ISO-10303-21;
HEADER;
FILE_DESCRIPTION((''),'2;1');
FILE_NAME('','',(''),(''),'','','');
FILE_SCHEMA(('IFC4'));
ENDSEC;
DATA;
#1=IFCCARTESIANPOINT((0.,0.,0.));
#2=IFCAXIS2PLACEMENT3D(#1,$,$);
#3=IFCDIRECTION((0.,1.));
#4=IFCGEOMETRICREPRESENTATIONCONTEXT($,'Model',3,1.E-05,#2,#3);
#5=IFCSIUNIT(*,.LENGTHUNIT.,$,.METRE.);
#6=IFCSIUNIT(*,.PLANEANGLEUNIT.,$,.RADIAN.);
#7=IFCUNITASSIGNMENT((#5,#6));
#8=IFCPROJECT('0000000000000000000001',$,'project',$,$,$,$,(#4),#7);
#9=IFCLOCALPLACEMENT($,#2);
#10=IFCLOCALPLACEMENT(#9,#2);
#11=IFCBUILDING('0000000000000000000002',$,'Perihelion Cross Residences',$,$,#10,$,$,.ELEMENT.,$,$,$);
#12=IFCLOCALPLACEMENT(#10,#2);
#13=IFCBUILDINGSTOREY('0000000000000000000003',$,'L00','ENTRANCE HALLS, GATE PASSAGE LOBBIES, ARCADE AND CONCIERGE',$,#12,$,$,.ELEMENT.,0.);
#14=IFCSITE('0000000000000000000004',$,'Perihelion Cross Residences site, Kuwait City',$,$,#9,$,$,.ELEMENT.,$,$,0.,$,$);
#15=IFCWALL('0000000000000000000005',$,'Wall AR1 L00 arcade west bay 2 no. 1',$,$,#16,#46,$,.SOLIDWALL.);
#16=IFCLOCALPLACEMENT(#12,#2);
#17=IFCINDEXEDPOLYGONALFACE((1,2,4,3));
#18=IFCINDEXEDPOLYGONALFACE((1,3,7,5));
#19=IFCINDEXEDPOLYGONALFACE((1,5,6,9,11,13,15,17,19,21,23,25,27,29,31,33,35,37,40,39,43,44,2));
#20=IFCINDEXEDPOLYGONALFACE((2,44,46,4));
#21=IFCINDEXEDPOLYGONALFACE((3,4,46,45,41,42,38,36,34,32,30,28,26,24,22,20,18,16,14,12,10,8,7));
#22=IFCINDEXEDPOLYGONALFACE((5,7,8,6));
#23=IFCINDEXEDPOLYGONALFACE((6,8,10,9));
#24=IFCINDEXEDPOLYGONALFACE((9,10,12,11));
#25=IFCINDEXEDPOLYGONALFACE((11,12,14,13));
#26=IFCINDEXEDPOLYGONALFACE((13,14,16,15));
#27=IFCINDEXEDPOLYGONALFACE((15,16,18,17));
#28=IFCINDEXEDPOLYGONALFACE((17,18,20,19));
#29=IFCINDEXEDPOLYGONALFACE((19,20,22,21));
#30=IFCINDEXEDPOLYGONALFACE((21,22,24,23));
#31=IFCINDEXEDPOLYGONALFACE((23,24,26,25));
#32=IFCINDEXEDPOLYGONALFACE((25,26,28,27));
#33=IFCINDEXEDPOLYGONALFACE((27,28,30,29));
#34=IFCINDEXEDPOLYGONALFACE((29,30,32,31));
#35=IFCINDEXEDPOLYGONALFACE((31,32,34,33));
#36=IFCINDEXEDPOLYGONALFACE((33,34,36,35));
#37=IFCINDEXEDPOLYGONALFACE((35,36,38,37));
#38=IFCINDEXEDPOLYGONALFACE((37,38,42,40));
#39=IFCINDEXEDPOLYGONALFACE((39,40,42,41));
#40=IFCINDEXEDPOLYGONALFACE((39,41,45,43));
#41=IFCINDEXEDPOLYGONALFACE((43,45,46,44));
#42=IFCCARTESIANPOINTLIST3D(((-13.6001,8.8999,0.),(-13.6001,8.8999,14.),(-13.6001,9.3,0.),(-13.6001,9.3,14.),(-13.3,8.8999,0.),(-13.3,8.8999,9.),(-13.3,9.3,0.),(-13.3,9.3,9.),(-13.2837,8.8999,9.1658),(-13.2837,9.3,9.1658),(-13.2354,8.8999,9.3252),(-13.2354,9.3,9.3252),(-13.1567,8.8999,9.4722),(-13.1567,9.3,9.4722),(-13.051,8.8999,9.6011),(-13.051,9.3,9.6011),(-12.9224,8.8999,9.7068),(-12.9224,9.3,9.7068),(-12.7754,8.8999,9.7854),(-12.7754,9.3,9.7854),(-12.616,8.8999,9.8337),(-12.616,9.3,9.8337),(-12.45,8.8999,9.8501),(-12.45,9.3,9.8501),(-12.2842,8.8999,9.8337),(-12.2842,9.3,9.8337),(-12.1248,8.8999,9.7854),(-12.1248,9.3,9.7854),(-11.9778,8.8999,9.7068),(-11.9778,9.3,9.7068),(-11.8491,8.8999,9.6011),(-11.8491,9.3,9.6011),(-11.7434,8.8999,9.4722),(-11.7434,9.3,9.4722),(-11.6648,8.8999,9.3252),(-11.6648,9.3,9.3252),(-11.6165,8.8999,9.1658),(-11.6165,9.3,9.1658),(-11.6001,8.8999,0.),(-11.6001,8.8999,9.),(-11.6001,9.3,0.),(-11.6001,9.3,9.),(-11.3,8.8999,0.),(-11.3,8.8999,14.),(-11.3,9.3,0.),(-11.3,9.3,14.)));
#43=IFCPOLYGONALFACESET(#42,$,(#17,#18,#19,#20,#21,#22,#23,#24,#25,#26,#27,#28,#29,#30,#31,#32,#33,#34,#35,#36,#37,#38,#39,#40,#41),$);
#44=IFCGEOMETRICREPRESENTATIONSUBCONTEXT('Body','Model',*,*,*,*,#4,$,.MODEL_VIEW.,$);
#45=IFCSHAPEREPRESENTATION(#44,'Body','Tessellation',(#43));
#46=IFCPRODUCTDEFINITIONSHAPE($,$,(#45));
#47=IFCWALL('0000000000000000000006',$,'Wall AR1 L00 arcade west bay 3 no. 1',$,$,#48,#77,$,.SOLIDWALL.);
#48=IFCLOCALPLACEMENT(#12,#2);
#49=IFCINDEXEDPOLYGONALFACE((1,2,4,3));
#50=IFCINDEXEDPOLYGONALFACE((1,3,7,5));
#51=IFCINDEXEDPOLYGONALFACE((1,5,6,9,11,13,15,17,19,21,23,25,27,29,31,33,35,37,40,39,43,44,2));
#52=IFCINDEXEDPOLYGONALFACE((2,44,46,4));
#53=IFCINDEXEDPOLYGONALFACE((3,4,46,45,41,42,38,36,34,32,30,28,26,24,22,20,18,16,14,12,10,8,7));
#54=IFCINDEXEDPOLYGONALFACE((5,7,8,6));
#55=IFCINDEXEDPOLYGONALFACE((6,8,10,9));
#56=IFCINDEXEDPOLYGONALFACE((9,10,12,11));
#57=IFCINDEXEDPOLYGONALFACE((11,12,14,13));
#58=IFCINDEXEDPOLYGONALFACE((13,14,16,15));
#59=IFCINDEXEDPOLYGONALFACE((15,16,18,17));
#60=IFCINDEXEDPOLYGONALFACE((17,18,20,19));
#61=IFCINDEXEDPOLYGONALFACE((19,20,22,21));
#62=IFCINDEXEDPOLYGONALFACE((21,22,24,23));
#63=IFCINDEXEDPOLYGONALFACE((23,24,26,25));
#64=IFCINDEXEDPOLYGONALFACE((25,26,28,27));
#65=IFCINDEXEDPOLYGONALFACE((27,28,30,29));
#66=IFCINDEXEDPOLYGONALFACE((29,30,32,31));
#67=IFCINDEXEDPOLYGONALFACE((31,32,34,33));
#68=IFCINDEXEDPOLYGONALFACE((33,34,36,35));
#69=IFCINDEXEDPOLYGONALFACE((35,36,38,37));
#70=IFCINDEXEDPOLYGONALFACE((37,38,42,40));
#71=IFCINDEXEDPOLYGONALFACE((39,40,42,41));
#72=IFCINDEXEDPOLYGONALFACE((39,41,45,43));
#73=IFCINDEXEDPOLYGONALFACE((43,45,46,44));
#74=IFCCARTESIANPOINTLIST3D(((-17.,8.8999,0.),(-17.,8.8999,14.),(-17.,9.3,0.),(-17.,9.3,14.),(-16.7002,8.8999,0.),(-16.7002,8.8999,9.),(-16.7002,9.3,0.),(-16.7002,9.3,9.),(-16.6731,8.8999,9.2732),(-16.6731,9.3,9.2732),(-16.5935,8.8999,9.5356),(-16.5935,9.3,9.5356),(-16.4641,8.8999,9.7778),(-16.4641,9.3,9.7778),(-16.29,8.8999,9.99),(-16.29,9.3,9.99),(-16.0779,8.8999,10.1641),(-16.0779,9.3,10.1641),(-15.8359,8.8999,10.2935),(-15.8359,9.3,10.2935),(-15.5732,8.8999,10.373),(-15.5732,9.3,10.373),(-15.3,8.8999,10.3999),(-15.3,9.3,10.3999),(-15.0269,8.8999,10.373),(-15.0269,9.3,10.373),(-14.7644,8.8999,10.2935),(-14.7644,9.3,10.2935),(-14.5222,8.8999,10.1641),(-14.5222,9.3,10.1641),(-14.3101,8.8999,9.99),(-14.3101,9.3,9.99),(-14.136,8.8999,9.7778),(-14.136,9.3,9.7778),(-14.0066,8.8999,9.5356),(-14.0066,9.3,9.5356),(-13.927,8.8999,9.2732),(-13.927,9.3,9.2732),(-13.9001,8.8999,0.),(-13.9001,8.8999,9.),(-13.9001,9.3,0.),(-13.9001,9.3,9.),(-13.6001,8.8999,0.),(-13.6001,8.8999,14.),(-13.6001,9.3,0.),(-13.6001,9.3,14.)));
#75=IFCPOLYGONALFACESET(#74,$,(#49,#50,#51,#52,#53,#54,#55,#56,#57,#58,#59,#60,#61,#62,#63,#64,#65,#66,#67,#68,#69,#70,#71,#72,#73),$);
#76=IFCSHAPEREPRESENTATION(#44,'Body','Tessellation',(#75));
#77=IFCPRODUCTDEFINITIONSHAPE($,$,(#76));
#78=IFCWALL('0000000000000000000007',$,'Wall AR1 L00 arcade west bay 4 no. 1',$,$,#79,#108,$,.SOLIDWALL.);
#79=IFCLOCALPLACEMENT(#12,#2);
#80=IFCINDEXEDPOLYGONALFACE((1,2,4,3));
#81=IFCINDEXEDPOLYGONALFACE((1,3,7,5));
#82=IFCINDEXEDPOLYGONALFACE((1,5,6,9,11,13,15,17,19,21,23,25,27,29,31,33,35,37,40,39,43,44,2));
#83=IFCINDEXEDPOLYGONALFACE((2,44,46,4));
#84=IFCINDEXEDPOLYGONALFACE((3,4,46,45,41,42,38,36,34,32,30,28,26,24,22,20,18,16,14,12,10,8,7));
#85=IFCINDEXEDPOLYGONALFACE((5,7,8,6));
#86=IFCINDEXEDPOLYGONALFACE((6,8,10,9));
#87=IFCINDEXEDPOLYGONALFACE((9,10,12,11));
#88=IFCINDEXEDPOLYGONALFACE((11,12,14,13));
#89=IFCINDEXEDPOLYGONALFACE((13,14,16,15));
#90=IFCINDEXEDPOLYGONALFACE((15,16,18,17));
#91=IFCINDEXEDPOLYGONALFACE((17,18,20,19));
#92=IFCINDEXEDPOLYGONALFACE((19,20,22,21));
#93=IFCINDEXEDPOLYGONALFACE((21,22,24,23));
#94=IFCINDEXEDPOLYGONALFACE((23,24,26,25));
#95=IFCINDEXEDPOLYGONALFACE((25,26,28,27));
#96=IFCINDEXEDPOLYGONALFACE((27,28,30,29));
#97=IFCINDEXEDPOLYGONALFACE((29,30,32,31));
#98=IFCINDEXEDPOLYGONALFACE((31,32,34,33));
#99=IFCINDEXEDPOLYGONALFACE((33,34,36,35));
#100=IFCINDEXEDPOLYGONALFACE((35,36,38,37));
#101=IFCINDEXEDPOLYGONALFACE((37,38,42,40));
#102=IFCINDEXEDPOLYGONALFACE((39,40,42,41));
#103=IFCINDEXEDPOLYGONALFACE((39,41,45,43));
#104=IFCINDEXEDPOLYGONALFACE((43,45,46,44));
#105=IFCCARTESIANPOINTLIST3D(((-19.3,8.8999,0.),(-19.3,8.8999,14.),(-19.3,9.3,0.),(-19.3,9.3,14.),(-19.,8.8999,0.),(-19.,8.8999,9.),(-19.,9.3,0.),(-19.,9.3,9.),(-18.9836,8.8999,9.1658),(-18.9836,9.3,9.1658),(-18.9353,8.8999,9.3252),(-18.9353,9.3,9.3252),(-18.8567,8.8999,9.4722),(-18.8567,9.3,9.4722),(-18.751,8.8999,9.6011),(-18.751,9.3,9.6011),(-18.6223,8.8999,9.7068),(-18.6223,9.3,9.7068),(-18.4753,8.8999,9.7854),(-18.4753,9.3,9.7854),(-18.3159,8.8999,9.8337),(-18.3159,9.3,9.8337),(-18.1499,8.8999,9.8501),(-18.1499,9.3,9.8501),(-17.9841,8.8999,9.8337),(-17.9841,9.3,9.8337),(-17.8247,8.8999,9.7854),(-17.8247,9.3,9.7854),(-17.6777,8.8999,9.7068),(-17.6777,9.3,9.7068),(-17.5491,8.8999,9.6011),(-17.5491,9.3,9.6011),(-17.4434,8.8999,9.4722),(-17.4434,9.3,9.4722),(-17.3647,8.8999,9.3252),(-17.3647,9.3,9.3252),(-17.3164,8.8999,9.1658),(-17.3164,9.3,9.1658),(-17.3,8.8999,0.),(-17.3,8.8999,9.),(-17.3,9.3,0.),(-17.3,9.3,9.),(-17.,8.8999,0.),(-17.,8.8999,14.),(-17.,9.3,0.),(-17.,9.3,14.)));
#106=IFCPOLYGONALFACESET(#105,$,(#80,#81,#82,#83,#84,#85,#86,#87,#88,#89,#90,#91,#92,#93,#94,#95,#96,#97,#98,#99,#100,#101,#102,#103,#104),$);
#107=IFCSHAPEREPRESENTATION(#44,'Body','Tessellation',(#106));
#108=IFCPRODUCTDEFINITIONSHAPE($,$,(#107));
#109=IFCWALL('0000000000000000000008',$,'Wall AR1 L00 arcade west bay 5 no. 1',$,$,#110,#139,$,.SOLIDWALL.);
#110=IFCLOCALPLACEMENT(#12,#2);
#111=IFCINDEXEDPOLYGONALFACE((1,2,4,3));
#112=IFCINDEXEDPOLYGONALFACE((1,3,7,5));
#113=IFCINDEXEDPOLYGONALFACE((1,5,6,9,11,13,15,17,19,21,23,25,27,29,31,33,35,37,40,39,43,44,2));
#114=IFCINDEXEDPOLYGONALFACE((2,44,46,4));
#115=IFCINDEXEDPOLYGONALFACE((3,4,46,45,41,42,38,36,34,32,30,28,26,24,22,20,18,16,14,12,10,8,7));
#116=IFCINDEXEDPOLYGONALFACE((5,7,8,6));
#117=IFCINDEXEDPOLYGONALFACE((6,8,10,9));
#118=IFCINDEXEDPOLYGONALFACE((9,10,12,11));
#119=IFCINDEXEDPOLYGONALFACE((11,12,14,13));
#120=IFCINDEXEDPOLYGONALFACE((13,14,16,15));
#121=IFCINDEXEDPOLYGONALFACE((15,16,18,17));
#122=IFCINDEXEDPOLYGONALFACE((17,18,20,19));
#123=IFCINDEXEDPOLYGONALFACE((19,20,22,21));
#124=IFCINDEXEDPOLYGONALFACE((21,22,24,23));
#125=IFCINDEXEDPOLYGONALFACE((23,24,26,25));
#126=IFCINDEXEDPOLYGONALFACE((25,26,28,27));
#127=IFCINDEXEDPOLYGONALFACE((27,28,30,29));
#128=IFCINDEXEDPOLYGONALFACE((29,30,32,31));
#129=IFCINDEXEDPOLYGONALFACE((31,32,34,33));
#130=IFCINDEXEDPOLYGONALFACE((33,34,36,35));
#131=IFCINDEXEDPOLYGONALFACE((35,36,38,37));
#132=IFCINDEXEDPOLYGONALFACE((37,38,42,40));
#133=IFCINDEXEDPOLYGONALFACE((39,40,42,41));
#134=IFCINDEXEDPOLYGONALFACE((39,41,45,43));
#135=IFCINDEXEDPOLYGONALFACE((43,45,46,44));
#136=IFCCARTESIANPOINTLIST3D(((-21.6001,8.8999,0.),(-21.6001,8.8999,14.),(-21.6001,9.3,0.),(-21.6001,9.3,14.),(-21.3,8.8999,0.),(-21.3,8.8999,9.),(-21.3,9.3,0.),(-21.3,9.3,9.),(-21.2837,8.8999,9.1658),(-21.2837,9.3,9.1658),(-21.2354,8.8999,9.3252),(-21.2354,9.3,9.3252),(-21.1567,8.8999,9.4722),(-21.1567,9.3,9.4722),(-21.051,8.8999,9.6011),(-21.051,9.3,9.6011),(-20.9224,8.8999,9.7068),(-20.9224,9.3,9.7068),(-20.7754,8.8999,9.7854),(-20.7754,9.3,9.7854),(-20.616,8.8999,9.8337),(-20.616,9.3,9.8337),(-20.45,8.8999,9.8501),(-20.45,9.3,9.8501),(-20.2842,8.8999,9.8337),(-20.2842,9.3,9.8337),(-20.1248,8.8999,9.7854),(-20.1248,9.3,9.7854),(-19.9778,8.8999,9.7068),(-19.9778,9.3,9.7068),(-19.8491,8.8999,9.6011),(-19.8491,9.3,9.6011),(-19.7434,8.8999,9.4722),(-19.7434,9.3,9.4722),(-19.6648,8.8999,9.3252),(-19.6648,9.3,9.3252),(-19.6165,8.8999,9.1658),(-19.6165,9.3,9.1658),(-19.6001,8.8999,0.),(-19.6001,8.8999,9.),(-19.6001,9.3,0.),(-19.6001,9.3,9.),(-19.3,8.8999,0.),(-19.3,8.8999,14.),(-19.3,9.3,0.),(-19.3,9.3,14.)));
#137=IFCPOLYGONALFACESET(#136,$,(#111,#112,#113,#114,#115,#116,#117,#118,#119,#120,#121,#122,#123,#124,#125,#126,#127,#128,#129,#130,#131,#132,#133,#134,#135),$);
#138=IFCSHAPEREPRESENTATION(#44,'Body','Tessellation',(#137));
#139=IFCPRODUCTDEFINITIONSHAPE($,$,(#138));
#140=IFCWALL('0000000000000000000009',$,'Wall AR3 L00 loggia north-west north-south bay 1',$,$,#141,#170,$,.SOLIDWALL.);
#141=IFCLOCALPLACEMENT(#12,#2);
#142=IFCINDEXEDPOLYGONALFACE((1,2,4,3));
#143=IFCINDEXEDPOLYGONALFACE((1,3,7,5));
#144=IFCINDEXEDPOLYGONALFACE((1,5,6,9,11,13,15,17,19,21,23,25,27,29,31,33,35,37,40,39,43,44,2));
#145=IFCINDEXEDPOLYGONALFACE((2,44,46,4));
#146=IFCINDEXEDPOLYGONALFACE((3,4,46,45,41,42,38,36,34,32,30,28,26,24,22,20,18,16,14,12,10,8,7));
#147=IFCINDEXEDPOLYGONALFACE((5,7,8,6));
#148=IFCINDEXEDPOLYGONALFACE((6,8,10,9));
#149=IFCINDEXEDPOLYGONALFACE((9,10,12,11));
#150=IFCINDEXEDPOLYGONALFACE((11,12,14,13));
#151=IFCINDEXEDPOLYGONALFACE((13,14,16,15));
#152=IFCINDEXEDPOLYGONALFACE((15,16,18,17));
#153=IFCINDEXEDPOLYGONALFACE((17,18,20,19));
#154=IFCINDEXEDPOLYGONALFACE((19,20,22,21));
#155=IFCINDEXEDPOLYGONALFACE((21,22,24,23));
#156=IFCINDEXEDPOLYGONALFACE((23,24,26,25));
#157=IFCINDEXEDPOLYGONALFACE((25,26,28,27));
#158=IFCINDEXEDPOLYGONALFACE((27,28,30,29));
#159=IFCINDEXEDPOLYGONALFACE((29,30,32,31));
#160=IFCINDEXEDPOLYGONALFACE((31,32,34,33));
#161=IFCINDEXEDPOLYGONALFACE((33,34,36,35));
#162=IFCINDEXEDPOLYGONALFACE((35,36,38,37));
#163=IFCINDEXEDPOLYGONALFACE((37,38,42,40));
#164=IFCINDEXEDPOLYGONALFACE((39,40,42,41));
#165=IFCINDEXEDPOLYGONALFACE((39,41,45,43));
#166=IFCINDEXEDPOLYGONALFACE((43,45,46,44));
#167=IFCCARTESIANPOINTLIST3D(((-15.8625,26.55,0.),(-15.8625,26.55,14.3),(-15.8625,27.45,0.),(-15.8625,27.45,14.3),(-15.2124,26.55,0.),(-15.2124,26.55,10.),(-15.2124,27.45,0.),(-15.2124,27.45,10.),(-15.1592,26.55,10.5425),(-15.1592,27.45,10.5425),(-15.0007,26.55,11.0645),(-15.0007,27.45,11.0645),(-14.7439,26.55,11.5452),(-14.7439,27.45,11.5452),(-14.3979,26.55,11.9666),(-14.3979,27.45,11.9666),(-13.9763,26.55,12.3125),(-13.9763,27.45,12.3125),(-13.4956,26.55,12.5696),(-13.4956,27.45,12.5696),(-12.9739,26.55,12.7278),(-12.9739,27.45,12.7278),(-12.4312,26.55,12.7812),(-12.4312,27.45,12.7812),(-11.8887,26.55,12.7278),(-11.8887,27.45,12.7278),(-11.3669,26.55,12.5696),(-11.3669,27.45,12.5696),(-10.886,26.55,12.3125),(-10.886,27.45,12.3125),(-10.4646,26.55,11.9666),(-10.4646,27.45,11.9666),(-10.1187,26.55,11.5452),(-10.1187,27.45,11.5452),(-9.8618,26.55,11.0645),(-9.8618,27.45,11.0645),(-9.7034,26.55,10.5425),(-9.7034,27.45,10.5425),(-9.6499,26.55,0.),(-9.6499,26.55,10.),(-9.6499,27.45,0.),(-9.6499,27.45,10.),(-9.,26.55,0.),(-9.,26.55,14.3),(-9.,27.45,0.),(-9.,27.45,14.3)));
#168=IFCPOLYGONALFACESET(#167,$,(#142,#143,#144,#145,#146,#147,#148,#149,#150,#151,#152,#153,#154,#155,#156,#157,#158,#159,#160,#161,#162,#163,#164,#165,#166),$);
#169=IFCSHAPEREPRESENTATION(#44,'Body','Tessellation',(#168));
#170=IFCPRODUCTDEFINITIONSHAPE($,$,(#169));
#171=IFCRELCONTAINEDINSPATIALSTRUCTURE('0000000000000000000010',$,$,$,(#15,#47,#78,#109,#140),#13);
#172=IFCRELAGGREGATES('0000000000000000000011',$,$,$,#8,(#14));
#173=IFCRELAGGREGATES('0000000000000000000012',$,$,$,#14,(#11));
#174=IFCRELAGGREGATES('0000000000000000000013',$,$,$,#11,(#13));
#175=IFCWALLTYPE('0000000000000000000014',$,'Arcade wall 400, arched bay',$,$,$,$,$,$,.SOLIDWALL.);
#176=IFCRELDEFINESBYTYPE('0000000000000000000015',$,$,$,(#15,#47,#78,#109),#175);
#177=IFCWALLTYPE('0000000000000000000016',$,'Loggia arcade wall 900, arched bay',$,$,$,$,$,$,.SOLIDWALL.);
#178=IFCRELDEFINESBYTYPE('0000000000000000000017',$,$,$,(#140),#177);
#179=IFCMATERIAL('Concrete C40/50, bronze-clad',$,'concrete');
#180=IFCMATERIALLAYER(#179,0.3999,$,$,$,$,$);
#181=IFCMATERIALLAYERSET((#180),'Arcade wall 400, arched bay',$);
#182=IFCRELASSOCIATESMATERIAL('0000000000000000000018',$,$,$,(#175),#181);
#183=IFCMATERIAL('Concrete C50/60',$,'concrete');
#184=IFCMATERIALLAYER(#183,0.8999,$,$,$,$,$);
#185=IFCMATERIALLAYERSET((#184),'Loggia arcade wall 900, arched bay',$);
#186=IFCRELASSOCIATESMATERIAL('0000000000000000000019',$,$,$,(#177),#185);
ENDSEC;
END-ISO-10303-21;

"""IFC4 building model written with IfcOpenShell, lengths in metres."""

from ifc_helpers import new_model, si_unit, direction, frame, origin, place, context, subcontext, project, spatial, polyline, outline, extrude, material, layer, layer_set, type_object, element, save


model = new_model("IFC4")

# Units and contexts
model_context = context("Model", 3, precision=1e-05, world=origin(), true_north=direction((0.0, 1.0)))
body_context = subcontext(model_context, "Body", "Model", "MODEL_VIEW")
ifc_project = project(units=[si_unit("LENGTHUNIT", "METRE"), si_unit("PLANEANGLEUNIT", "RADIAN")], contexts=[model_context])

# Site, building, storey
site_placement = place(None, origin())
site = spatial("IfcSite", under=ifc_project, at=site_placement, Name="Perihelion Cross Residences site, Kuwait City", CompositionType="ELEMENT", RefElevation=0.0)
building_placement = place(site_placement, origin())
building = spatial("IfcBuilding", under=site, at=building_placement, Name="Perihelion Cross Residences", CompositionType="ELEMENT")
storey_placement = place(building_placement, origin())
storey = spatial("IfcBuildingStorey", under=building, at=storey_placement, Name="L00", Description="ENTRANCE HALLS, GATE PASSAGE LOBBIES, ARCADE AND CONCIERGE", CompositionType="ELEMENT", Elevation=0.0)

# Walls
ifc_material_1 = material(Name="Concrete C40/50, bronze-clad", Category="concrete")
ifc_layer_1 = layer(ifc_material_1, 0.3999)
ifc_layer_set_1 = layer_set([ifc_layer_1], Name="Arcade wall 400, arched bay")
wall_type_1 = type_object("IfcWallType", Name="Arcade wall 400, arched bay", PredefinedType="SOLIDWALL", material=ifc_layer_set_1)
for number, where, z_axis, x_axis, name in (
    (1, (-11.3, 8.8999, 0.0), (0.0, 1.0, 0.0), (-1.0, 0.0, 0.0), "Wall AR1 L00 arcade west bay 2 no. 1"),
):
    element("IfcWall", number, at=place(storey_placement, frame(where, z_axis=z_axis, x_axis=x_axis)), inside=storey, type_object=wall_type_1, Name=name, PredefinedType="SOLIDWALL", context=body_context, shape_type="SweptSolid", body=[
        extrude(outline(polyline([(0.0, 0.0), (0.3, 0.0), (0.3, 9.0), (0.3164, 9.1658), (0.3647, 9.3252), (0.4434, 9.4722), (0.5491, 9.6011), (0.6777, 9.7068), (0.8247, 9.7854), (0.9841, 9.8337), (1.1499, 9.8501), (1.3159, 9.8337), (1.4753, 9.7854), (1.6223, 9.7068), (1.751, 9.6011), (1.8567, 9.4722), (1.9353, 9.3252), (1.9836, 9.1658), (2.0, 9.0), (2.0, 0.0), (2.3, 0.0), (2.3, 14.0), (0.0, 14.0), (0.0, 0.0)])), origin(), (0.0, 0.0, 1.0), 0.4001),
    ])
wall_1_placement = place(storey_placement, frame((-13.6001, 8.8999, 0.0), z_axis=(0.0, 1.0, 0.0), x_axis=(-1.0, 0.0, 0.0)))
element("IfcWall", 2, at=wall_1_placement, inside=storey, type_object=wall_type_1, Name="Wall AR1 L00 arcade west bay 3 no. 1", PredefinedType="SOLIDWALL", context=body_context, shape_type="SweptSolid", body=[
    extrude(outline(polyline([(0.0, 0.0), (0.3, 0.0), (0.3, 9.0), (0.3269, 9.2732), (0.4065, 9.5356), (0.5359, 9.7778), (0.71, 9.99), (0.9221, 10.1641), (1.1643, 10.2935), (1.4268, 10.373), (1.7, 10.3999), (1.9731, 10.373), (2.2358, 10.2935), (2.4778, 10.1641), (2.6899, 9.99), (2.864, 9.7778), (2.9934, 9.5356), (3.073, 9.2732), (3.1001, 9.0), (3.1001, 0.0), (3.3999, 0.0), (3.3999, 14.0), (0.0, 14.0), (0.0, 0.0)])), origin(), (0.0, 0.0, 1.0), 0.4001),
])
for number, where, z_axis, x_axis, name in (
    (3, (-17.0, 8.8999, 0.0), (0.0, 1.0, 0.0), (-1.0, 0.0, 0.0), "Wall AR1 L00 arcade west bay 4 no. 1"),
    (4, (-19.3, 8.8999, 0.0), (0.0, 1.0, 0.0), (-1.0, 0.0, 0.0), "Wall AR1 L00 arcade west bay 5 no. 1"),
):
    element("IfcWall", number, at=place(storey_placement, frame(where, z_axis=z_axis, x_axis=x_axis)), inside=storey, type_object=wall_type_1, Name=name, PredefinedType="SOLIDWALL", context=body_context, shape_type="SweptSolid", body=[
        extrude(outline(polyline([(0.0, 0.0), (0.3, 0.0), (0.3, 9.0), (0.3164, 9.1658), (0.3647, 9.3252), (0.4434, 9.4722), (0.5491, 9.6011), (0.6777, 9.7068), (0.8247, 9.7854), (0.9841, 9.8337), (1.1499, 9.8501), (1.3159, 9.8337), (1.4753, 9.7854), (1.6223, 9.7068), (1.751, 9.6011), (1.8567, 9.4722), (1.9353, 9.3252), (1.9836, 9.1658), (2.0, 9.0), (2.0, 0.0), (2.3, 0.0), (2.3, 14.0), (0.0, 14.0), (0.0, 0.0)])), origin(), (0.0, 0.0, 1.0), 0.4001),
    ])
ifc_material_2 = material(Name="Concrete C50/60", Category="concrete")
ifc_layer_2 = layer(ifc_material_2, 0.8999)
ifc_layer_set_2 = layer_set([ifc_layer_2], Name="Loggia arcade wall 900, arched bay")
wall_type_2 = type_object("IfcWallType", Name="Loggia arcade wall 900, arched bay", PredefinedType="SOLIDWALL", material=ifc_layer_set_2)
for number, where, z_axis, x_axis, name in (
    (5, (-9.0, 26.55, 0.0), (0.0, 1.0, 0.0), (-1.0, 0.0, 0.0), "Wall AR3 L00 loggia north-west north-south bay 1"),
):
    element("IfcWall", number, at=place(storey_placement, frame(where, z_axis=z_axis, x_axis=x_axis)), inside=storey, type_object=wall_type_2, Name=name, PredefinedType="SOLIDWALL", context=body_context, shape_type="SweptSolid", body=[
        extrude(outline(polyline([(0.0, 0.0), (0.6499, 0.0), (0.6499, 10.0), (0.7034, 10.5425), (0.8618, 11.0645), (1.1187, 11.5452), (1.4646, 11.9666), (1.886, 12.3125), (2.3669, 12.5696), (2.8887, 12.7278), (3.4312, 12.7812), (3.9739, 12.7278), (4.4956, 12.5696), (4.9763, 12.3125), (5.3979, 11.9666), (5.7439, 11.5452), (6.0007, 11.0645), (6.1592, 10.5425), (6.2124, 10.0), (6.2124, 0.0), (6.8625, 0.0), (6.8625, 14.3), (0.0, 14.3), (0.0, 0.0)])), origin(), (0.0, 0.0, 1.0), 0.8999),
    ])

save(model, "model.ifc")
